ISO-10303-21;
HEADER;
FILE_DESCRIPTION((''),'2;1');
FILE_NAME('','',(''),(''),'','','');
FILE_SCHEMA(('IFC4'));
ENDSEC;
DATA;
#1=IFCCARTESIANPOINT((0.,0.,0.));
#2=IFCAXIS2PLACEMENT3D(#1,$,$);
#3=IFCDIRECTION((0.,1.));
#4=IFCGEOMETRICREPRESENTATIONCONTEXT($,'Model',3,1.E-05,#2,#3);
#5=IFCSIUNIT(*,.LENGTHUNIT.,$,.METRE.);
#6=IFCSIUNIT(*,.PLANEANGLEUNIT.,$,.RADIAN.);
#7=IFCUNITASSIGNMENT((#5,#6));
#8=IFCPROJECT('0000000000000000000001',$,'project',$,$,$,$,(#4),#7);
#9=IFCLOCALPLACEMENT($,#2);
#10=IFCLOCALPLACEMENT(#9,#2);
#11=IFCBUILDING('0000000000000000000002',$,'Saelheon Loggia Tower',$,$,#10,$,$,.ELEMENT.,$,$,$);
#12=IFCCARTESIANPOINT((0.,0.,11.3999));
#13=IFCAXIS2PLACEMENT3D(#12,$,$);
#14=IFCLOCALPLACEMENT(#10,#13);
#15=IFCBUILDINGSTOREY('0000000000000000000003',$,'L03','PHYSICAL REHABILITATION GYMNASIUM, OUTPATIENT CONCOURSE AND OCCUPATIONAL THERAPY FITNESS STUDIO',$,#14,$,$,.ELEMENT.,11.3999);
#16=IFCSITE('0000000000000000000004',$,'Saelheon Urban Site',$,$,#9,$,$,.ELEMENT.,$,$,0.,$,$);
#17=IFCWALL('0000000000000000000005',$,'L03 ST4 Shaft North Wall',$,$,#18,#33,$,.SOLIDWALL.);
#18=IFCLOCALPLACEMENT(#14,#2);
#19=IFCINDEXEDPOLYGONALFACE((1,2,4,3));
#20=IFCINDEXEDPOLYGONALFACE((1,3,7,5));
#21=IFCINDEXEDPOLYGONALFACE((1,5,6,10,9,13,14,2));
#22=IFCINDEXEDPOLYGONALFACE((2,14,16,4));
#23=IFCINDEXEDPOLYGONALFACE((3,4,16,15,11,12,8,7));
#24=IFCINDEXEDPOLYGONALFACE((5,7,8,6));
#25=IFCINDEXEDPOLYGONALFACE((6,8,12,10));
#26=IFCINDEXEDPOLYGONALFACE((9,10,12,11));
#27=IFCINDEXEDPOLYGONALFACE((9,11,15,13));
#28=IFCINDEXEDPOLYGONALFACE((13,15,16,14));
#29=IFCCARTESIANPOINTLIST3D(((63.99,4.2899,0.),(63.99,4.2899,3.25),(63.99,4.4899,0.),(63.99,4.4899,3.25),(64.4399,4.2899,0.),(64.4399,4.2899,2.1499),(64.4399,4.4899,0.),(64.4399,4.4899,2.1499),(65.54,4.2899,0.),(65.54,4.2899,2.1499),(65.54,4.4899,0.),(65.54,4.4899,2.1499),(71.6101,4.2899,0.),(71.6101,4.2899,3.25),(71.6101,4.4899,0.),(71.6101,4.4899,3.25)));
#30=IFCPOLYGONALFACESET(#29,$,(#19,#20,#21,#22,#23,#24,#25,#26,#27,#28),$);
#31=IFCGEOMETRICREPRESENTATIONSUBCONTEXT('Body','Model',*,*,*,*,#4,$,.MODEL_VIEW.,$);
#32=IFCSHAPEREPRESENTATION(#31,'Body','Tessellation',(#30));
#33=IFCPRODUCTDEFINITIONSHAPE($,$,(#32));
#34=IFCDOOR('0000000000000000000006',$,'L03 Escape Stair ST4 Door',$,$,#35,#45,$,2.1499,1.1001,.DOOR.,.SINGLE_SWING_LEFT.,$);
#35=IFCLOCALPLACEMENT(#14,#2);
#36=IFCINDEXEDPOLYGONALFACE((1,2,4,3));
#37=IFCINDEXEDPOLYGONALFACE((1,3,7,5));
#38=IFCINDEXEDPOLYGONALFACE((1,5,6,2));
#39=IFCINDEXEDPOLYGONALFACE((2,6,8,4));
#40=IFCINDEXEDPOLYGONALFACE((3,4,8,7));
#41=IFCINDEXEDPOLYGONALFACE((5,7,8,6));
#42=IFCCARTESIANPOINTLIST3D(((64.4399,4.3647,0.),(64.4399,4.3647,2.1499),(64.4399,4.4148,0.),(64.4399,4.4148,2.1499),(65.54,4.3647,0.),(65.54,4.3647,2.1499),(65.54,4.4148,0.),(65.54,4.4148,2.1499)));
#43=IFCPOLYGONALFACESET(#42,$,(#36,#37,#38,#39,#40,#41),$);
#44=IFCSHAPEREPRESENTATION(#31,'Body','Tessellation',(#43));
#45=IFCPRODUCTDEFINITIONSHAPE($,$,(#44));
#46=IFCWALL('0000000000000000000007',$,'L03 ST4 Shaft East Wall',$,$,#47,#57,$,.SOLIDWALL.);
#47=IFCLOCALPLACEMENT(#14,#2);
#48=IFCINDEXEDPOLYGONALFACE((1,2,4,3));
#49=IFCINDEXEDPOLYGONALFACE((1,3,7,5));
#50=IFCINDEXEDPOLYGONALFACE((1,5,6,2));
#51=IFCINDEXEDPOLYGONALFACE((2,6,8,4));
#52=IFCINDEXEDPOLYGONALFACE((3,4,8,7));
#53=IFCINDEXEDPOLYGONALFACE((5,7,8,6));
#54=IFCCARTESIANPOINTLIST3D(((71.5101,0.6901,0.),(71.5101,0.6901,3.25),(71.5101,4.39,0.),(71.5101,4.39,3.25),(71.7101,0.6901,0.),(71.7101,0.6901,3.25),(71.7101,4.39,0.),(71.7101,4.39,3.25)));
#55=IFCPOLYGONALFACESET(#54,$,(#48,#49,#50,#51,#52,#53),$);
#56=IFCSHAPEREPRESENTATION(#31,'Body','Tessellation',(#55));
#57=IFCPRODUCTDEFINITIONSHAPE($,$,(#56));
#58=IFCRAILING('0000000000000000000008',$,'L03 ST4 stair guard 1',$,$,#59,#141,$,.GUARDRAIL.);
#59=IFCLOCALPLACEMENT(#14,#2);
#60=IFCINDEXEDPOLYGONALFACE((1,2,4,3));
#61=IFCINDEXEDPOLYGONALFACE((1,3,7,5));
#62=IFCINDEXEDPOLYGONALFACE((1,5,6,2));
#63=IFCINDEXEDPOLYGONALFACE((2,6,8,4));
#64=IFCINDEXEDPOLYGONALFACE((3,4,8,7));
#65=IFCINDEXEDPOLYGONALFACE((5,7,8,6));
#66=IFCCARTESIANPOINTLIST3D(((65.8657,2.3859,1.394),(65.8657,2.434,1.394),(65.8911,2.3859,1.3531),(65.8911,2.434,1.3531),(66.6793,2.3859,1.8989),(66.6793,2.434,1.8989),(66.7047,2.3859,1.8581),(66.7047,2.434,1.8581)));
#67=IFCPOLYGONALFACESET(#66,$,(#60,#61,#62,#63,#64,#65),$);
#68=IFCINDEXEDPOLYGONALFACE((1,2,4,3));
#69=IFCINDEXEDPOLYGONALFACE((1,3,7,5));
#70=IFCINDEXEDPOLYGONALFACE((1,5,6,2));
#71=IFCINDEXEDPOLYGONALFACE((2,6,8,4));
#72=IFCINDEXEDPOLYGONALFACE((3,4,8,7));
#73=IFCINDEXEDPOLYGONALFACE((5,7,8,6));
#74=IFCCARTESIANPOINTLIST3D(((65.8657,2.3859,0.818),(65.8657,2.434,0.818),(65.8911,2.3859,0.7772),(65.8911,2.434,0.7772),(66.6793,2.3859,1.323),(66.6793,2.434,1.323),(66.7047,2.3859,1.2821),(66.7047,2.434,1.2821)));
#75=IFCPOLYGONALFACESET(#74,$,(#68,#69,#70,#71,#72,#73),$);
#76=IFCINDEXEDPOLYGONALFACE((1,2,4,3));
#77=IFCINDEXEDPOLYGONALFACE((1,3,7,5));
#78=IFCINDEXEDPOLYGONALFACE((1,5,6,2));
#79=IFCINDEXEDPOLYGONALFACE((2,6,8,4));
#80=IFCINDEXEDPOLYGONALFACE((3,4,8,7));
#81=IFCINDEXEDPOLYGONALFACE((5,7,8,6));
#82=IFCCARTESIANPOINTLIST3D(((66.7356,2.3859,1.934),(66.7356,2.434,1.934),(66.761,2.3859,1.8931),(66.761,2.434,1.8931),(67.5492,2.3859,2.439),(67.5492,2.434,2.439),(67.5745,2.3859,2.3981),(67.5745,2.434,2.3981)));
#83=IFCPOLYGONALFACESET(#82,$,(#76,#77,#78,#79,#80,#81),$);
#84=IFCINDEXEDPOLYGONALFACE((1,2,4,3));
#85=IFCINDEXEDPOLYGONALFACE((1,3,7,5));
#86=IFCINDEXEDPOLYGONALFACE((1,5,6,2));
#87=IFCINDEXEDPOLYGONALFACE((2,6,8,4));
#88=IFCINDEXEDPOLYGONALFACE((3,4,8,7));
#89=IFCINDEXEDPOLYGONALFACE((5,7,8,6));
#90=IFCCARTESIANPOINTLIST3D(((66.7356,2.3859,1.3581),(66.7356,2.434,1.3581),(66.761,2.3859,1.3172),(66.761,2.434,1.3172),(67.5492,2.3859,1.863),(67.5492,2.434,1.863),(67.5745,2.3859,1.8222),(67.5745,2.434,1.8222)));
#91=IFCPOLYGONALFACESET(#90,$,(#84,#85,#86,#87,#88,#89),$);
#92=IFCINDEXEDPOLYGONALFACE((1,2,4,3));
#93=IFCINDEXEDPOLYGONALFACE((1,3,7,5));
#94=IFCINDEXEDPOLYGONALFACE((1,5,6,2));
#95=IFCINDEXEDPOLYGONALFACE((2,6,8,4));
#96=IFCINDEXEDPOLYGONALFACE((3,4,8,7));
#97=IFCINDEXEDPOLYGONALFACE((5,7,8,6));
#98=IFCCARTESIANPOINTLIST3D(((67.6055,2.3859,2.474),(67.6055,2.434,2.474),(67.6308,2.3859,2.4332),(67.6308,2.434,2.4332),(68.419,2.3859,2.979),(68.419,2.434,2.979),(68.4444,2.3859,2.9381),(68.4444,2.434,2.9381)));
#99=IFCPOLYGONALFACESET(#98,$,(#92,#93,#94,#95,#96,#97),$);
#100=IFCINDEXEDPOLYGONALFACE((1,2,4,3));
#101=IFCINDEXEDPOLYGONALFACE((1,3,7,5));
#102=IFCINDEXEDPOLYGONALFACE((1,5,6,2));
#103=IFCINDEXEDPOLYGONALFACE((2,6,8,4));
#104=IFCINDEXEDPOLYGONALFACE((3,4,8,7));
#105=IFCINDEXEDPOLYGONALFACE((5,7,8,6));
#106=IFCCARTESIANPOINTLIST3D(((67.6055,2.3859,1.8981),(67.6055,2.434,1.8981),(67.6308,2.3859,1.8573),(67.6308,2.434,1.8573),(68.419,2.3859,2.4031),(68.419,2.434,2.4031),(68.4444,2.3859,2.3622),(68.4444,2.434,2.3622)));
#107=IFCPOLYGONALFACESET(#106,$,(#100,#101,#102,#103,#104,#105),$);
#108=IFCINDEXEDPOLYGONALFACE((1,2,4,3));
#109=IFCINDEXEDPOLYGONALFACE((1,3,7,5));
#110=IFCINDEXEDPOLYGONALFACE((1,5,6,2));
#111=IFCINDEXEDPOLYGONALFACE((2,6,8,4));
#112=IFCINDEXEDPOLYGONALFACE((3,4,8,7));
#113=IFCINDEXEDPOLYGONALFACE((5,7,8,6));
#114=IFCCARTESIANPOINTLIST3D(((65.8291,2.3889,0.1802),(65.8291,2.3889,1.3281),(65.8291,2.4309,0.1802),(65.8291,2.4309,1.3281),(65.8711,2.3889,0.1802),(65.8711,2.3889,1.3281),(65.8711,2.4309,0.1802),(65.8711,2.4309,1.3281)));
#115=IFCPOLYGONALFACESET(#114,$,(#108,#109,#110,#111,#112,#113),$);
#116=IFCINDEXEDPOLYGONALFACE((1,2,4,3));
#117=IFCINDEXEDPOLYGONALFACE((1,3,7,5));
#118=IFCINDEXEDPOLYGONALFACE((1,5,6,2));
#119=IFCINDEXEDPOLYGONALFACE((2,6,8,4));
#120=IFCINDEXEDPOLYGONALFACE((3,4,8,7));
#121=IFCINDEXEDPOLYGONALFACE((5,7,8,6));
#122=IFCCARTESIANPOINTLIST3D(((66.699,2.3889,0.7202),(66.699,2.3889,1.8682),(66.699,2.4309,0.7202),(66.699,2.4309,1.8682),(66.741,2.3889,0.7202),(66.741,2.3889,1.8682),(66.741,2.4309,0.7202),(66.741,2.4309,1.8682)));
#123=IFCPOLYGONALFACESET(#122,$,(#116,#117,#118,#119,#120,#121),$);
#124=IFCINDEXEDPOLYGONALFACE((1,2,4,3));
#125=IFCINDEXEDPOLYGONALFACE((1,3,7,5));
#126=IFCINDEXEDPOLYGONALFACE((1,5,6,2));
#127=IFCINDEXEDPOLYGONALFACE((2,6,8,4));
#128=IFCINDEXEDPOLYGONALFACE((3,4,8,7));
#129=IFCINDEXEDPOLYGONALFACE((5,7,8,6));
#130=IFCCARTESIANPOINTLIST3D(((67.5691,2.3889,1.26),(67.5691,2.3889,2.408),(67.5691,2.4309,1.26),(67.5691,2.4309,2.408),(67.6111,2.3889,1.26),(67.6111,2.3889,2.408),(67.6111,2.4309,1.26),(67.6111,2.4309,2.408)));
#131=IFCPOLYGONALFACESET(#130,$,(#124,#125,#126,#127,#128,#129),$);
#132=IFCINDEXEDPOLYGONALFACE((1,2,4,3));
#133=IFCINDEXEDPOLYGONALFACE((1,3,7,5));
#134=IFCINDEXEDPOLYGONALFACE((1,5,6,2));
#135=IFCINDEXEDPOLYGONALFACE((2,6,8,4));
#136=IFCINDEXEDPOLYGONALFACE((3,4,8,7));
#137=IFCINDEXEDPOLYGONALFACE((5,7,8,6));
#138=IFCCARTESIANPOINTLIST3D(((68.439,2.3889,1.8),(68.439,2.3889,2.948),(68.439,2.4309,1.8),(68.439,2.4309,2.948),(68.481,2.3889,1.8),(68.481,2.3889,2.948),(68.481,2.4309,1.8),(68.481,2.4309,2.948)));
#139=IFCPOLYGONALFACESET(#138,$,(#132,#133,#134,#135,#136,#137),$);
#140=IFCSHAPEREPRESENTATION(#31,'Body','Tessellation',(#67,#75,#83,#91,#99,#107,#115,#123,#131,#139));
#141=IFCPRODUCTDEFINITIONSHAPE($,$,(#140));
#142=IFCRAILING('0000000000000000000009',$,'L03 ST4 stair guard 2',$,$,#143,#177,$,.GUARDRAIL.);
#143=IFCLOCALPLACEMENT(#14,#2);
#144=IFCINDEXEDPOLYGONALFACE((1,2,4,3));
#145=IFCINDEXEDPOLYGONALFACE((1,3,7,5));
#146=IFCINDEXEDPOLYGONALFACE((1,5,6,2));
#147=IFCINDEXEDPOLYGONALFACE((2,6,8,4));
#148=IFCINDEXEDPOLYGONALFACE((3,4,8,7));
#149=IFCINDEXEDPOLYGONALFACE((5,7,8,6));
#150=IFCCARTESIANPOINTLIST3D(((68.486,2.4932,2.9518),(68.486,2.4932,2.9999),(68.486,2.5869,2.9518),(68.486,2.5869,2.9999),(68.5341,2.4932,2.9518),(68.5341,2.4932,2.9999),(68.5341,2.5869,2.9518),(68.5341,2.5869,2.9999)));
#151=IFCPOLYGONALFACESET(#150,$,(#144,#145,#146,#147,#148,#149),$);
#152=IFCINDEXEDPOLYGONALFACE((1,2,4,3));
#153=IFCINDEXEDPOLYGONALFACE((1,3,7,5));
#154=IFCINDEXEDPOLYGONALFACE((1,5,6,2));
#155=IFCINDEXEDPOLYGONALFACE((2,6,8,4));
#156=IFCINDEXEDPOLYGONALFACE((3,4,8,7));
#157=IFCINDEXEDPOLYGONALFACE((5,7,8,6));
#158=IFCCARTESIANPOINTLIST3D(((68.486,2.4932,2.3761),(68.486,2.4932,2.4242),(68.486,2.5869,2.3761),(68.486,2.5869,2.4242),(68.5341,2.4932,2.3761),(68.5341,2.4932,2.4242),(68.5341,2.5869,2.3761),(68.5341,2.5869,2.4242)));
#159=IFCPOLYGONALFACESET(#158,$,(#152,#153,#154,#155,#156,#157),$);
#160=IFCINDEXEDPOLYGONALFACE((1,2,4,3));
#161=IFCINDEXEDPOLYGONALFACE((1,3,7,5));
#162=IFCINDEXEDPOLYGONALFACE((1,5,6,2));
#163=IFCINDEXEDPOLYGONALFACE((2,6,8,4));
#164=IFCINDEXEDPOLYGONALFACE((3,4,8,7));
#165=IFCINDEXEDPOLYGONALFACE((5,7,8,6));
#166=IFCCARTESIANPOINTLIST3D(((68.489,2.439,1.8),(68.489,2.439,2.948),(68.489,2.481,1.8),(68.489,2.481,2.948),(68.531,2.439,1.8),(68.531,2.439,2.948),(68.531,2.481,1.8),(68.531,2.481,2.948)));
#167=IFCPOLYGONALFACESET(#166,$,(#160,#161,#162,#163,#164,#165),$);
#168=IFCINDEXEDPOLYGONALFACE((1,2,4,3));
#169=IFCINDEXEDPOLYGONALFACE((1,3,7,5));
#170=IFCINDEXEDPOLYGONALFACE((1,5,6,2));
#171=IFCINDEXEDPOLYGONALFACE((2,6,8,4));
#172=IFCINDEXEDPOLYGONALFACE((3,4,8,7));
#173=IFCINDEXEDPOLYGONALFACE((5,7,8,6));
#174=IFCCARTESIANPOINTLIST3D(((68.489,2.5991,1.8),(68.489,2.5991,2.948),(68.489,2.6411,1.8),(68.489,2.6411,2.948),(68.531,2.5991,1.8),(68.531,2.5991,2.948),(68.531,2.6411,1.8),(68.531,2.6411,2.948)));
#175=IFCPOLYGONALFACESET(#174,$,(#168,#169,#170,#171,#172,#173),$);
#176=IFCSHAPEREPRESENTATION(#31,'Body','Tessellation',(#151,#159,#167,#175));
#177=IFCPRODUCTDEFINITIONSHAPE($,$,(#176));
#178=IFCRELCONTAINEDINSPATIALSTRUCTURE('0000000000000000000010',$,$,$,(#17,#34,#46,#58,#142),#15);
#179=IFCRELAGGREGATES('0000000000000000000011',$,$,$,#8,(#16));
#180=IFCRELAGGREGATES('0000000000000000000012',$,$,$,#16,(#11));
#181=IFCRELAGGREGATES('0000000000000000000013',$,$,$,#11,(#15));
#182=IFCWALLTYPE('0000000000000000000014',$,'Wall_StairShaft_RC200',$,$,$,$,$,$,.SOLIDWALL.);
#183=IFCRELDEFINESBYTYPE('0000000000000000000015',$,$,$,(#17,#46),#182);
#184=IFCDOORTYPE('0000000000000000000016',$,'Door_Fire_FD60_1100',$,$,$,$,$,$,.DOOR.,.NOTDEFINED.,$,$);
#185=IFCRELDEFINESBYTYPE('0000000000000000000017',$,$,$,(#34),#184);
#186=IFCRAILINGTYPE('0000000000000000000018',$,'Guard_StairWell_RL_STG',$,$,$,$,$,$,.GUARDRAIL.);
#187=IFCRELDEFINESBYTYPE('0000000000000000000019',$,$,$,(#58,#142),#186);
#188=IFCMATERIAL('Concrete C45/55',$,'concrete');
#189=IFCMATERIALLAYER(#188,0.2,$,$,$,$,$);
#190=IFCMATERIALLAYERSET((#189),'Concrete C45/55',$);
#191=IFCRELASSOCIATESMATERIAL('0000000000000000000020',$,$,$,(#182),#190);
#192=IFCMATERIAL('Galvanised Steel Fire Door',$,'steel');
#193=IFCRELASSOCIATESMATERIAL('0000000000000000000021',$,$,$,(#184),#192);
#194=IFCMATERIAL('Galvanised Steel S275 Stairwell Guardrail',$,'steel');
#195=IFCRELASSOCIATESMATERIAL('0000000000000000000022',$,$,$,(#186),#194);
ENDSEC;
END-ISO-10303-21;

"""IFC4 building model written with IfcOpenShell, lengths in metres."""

from ifc_helpers import new_model, si_unit, direction, frame, frame_2d, origin, origin_2d, place, context, subcontext, project, spatial, rectangle, extrude, source, transform, mapped, material, layer, layer_set, type_object, element, fill, save


model = new_model("IFC4")

# Units and contexts
model_context = context("Model", 3, precision=1e-05, world=origin(), true_north=direction((0.0, 1.0)))
body_context = subcontext(model_context, "Body", "Model", "MODEL_VIEW")
ifc_project = project(units=[si_unit("LENGTHUNIT", "METRE"), si_unit("PLANEANGLEUNIT", "RADIAN")], contexts=[model_context])

# Site, building, storey
site_placement = place(None, origin())
site = spatial("IfcSite", under=ifc_project, at=site_placement, Name="Saelheon Urban Site", CompositionType="ELEMENT", RefElevation=0.0)
building_placement = place(site_placement, origin())
building = spatial("IfcBuilding", under=site, at=building_placement, Name="Saelheon Loggia Tower", CompositionType="ELEMENT")
storey_placement = place(building_placement, frame((0.0, 0.0, 11.3999)))
storey = spatial("IfcBuildingStorey", under=building, at=storey_placement, Name="L03", Description="PHYSICAL REHABILITATION GYMNASIUM, OUTPATIENT CONCOURSE AND OCCUPATIONAL THERAPY FITNESS STUDIO", CompositionType="ELEMENT", Elevation=11.3999)

# Shared definitions
ifc_material_1 = material(Name="Concrete C45/55", Category="concrete")

# Wall, opening, door
ifc_layer = layer(ifc_material_1, 0.2)
ifc_layer_set = layer_set([ifc_layer], Name="Concrete C45/55")
wall_type = type_object("IfcWallType", Name="Wall_StairShaft_RC200", PredefinedType="SOLIDWALL", material=ifc_layer_set)
wall_1_placement = place(storey_placement, frame((63.99, 4.3899, 0.0), z_axis=(0.0, 0.0, 1.0), x_axis=(1.0, 0.0, 0.0)))
wall_1 = element("IfcWall", 1, at=wall_1_placement, inside=storey, type_object=wall_type, Name="L03 ST4 Shaft North Wall", PredefinedType="SOLIDWALL", context=body_context, shape_type="SweptSolid", body=[
    extrude(rectangle(XDim=7.6201, YDim=0.2, at=frame_2d((3.8101, 0.0))), origin(), (0.0, 0.0, 1.0), 3.25),
])
opening_placement = place(wall_1_placement, frame((0.45, 0.0, 0.0)))
opening = element("IfcOpeningElement", 2, at=opening_placement, cuts=wall_1, PredefinedType="OPENING", context=body_context, shape_type="SweptSolid", body=[
    extrude(rectangle(XDim=1.1001, YDim=2.1499, at=frame_2d((0.55, 1.075))), frame((0.0, 0.1121, 0.0), z_axis=(0.0, -1.0, 0.0), x_axis=(1.0, 0.0, 0.0)), (0.0, 0.0, 1.0), 0.2239),
])
ifc_material_2 = material(Name="Galvanised Steel Fire Door", Category="steel")
door_type = type_object("IfcDoorType", Name="Door_Fire_FD60_1100", OperationType="NOTDEFINED", PredefinedType="DOOR", material=ifc_material_2)
shared_shape_1 = source(origin(), body_context, "Body", "SweptSolid", [
    extrude(rectangle(XDim=1.1001, YDim=2.1499, at=frame_2d((0.55, 1.075))), frame((0.0, 0.0249, 0.0), z_axis=(0.0, -1.0, 0.0), x_axis=(1.0, 0.0, 0.0)), (0.0, 0.0, 1.0), 0.05),
])
door_placement = place(opening_placement, origin())
door = element("IfcDoor", 3, at=door_placement, inside=storey, type_object=door_type, Name="L03 Escape Stair ST4 Door", OperationType="SINGLE_SWING_LEFT", OverallHeight=2.1499, OverallWidth=1.1001, PredefinedType="DOOR", context=body_context, shape_type="MappedRepresentation", body=[
    mapped(shared_shape_1, transform((0.0, 0.0, 0.0), scale=1.0)),
])
fill(opening, door)

# Wall
wall_2_placement = place(storey_placement, frame((71.6101, 0.6899, 0.0), z_axis=(0.0, 0.0, 1.0), x_axis=(0.0, 1.0, 0.0)))
element("IfcWall", 4, at=wall_2_placement, inside=storey, type_object=wall_type, Name="L03 ST4 Shaft East Wall", PredefinedType="SOLIDWALL", context=body_context, shape_type="SweptSolid", body=[
    extrude(rectangle(XDim=3.7, YDim=0.2, at=frame_2d((1.8501, 0.0))), origin(), (0.0, 0.0, 1.0), 3.25),
])

# Railings
ifc_material_3 = material(Name="Galvanised Steel S275 Stairwell Guardrail", Category="steel")
railing_type_1 = type_object("IfcRailingType", Name="Guard_StairWell_RL_STG", PredefinedType="GUARDRAIL", material=ifc_material_3)
railing_1_placement = place(storey_placement, frame((65.8501, 2.4099, 0.1802)))
element("IfcRailing", 5, at=railing_1_placement, inside=storey, type_object=railing_type_1, Name="L03 ST4 stair guard 1", PredefinedType="GUARDRAIL", context=body_context, shape_type="SweptSolid", body=[
    extrude(rectangle(XDim=0.0481, YDim=0.0481, at=origin_2d()), frame((0.0283, 0.0, 1.1934), z_axis=(0.849646, 0.0, 0.527353), x_axis=(0.0, 1.0, 0.0)), (0.0, 0.0, 1.0), 0.9575),
    extrude(rectangle(XDim=0.0481, YDim=0.0481, at=origin_2d()), frame((0.0283, 0.0, 0.6174), z_axis=(0.849646, 0.0, 0.527353), x_axis=(0.0, 1.0, 0.0)), (0.0, 0.0, 1.0), 0.9575),
    extrude(rectangle(XDim=0.0481, YDim=0.0481, at=origin_2d()), frame((0.8982, 0.0, 1.7334), z_axis=(0.849646, 0.0, 0.527353), x_axis=(0.0, 1.0, 0.0)), (0.0, 0.0, 1.0), 0.9575),
    extrude(rectangle(XDim=0.0481, YDim=0.0481, at=origin_2d()), frame((0.8982, 0.0, 1.1575), z_axis=(0.849646, 0.0, 0.527353), x_axis=(0.0, 1.0, 0.0)), (0.0, 0.0, 1.0), 0.9575),
    extrude(rectangle(XDim=0.0481, YDim=0.0481, at=origin_2d()), frame((1.7681, 0.0, 2.2734), z_axis=(0.849646, 0.0, 0.527353), x_axis=(0.0, 1.0, 0.0)), (0.0, 0.0, 1.0), 0.9575),
    extrude(rectangle(XDim=0.0481, YDim=0.0481, at=origin_2d()), frame((1.7681, 0.0, 1.6975), z_axis=(0.849646, 0.0, 0.527353), x_axis=(0.0, 1.0, 0.0)), (0.0, 0.0, 1.0), 0.9575),
    extrude(rectangle(XDim=0.042, YDim=0.042, at=origin_2d()), origin(), (0.0, 0.0, 1.0), 1.1479),
    extrude(rectangle(XDim=0.042, YDim=0.042, at=origin_2d()), frame((0.8699, 0.0, 0.54)), (0.0, 0.0, 1.0), 1.1479),
    extrude(rectangle(XDim=0.042, YDim=0.042, at=origin_2d()), frame((1.74, 0.0, 1.0798)), (0.0, 0.0, 1.0), 1.1479),
    extrude(rectangle(XDim=0.042, YDim=0.042, at=origin_2d()), frame((2.6099, 0.0, 1.6199)), (0.0, 0.0, 1.0), 1.1479),
])
railing_2_placement = place(storey_placement, frame((68.51, 2.46, 1.8)))
element("IfcRailing", 6, at=railing_2_placement, inside=storey, type_object=railing_type_1, Name="L03 ST4 stair guard 2", PredefinedType="GUARDRAIL", context=body_context, shape_type="SweptSolid", body=[
    extrude(rectangle(XDim=0.0481, YDim=0.0481, at=origin_2d()), frame((0.0, 0.0332, 1.1758), z_axis=(0.0, 1.0, 0.0), x_axis=(-1.0, 0.0, 0.0)), (0.0, 0.0, 1.0), 0.0938),
    extrude(rectangle(XDim=0.0481, YDim=0.0481, at=origin_2d()), frame((0.0, 0.0332, 0.6001), z_axis=(0.0, 1.0, 0.0), x_axis=(-1.0, 0.0, 0.0)), (0.0, 0.0, 1.0), 0.0938),
    extrude(rectangle(XDim=0.042, YDim=0.042, at=origin_2d()), origin(), (0.0, 0.0, 1.0), 1.1479),
    extrude(rectangle(XDim=0.042, YDim=0.042, at=origin_2d()), frame((0.0, 0.1602, 0.0)), (0.0, 0.0, 1.0), 1.1479),
])

save(model, "model.ifc")
